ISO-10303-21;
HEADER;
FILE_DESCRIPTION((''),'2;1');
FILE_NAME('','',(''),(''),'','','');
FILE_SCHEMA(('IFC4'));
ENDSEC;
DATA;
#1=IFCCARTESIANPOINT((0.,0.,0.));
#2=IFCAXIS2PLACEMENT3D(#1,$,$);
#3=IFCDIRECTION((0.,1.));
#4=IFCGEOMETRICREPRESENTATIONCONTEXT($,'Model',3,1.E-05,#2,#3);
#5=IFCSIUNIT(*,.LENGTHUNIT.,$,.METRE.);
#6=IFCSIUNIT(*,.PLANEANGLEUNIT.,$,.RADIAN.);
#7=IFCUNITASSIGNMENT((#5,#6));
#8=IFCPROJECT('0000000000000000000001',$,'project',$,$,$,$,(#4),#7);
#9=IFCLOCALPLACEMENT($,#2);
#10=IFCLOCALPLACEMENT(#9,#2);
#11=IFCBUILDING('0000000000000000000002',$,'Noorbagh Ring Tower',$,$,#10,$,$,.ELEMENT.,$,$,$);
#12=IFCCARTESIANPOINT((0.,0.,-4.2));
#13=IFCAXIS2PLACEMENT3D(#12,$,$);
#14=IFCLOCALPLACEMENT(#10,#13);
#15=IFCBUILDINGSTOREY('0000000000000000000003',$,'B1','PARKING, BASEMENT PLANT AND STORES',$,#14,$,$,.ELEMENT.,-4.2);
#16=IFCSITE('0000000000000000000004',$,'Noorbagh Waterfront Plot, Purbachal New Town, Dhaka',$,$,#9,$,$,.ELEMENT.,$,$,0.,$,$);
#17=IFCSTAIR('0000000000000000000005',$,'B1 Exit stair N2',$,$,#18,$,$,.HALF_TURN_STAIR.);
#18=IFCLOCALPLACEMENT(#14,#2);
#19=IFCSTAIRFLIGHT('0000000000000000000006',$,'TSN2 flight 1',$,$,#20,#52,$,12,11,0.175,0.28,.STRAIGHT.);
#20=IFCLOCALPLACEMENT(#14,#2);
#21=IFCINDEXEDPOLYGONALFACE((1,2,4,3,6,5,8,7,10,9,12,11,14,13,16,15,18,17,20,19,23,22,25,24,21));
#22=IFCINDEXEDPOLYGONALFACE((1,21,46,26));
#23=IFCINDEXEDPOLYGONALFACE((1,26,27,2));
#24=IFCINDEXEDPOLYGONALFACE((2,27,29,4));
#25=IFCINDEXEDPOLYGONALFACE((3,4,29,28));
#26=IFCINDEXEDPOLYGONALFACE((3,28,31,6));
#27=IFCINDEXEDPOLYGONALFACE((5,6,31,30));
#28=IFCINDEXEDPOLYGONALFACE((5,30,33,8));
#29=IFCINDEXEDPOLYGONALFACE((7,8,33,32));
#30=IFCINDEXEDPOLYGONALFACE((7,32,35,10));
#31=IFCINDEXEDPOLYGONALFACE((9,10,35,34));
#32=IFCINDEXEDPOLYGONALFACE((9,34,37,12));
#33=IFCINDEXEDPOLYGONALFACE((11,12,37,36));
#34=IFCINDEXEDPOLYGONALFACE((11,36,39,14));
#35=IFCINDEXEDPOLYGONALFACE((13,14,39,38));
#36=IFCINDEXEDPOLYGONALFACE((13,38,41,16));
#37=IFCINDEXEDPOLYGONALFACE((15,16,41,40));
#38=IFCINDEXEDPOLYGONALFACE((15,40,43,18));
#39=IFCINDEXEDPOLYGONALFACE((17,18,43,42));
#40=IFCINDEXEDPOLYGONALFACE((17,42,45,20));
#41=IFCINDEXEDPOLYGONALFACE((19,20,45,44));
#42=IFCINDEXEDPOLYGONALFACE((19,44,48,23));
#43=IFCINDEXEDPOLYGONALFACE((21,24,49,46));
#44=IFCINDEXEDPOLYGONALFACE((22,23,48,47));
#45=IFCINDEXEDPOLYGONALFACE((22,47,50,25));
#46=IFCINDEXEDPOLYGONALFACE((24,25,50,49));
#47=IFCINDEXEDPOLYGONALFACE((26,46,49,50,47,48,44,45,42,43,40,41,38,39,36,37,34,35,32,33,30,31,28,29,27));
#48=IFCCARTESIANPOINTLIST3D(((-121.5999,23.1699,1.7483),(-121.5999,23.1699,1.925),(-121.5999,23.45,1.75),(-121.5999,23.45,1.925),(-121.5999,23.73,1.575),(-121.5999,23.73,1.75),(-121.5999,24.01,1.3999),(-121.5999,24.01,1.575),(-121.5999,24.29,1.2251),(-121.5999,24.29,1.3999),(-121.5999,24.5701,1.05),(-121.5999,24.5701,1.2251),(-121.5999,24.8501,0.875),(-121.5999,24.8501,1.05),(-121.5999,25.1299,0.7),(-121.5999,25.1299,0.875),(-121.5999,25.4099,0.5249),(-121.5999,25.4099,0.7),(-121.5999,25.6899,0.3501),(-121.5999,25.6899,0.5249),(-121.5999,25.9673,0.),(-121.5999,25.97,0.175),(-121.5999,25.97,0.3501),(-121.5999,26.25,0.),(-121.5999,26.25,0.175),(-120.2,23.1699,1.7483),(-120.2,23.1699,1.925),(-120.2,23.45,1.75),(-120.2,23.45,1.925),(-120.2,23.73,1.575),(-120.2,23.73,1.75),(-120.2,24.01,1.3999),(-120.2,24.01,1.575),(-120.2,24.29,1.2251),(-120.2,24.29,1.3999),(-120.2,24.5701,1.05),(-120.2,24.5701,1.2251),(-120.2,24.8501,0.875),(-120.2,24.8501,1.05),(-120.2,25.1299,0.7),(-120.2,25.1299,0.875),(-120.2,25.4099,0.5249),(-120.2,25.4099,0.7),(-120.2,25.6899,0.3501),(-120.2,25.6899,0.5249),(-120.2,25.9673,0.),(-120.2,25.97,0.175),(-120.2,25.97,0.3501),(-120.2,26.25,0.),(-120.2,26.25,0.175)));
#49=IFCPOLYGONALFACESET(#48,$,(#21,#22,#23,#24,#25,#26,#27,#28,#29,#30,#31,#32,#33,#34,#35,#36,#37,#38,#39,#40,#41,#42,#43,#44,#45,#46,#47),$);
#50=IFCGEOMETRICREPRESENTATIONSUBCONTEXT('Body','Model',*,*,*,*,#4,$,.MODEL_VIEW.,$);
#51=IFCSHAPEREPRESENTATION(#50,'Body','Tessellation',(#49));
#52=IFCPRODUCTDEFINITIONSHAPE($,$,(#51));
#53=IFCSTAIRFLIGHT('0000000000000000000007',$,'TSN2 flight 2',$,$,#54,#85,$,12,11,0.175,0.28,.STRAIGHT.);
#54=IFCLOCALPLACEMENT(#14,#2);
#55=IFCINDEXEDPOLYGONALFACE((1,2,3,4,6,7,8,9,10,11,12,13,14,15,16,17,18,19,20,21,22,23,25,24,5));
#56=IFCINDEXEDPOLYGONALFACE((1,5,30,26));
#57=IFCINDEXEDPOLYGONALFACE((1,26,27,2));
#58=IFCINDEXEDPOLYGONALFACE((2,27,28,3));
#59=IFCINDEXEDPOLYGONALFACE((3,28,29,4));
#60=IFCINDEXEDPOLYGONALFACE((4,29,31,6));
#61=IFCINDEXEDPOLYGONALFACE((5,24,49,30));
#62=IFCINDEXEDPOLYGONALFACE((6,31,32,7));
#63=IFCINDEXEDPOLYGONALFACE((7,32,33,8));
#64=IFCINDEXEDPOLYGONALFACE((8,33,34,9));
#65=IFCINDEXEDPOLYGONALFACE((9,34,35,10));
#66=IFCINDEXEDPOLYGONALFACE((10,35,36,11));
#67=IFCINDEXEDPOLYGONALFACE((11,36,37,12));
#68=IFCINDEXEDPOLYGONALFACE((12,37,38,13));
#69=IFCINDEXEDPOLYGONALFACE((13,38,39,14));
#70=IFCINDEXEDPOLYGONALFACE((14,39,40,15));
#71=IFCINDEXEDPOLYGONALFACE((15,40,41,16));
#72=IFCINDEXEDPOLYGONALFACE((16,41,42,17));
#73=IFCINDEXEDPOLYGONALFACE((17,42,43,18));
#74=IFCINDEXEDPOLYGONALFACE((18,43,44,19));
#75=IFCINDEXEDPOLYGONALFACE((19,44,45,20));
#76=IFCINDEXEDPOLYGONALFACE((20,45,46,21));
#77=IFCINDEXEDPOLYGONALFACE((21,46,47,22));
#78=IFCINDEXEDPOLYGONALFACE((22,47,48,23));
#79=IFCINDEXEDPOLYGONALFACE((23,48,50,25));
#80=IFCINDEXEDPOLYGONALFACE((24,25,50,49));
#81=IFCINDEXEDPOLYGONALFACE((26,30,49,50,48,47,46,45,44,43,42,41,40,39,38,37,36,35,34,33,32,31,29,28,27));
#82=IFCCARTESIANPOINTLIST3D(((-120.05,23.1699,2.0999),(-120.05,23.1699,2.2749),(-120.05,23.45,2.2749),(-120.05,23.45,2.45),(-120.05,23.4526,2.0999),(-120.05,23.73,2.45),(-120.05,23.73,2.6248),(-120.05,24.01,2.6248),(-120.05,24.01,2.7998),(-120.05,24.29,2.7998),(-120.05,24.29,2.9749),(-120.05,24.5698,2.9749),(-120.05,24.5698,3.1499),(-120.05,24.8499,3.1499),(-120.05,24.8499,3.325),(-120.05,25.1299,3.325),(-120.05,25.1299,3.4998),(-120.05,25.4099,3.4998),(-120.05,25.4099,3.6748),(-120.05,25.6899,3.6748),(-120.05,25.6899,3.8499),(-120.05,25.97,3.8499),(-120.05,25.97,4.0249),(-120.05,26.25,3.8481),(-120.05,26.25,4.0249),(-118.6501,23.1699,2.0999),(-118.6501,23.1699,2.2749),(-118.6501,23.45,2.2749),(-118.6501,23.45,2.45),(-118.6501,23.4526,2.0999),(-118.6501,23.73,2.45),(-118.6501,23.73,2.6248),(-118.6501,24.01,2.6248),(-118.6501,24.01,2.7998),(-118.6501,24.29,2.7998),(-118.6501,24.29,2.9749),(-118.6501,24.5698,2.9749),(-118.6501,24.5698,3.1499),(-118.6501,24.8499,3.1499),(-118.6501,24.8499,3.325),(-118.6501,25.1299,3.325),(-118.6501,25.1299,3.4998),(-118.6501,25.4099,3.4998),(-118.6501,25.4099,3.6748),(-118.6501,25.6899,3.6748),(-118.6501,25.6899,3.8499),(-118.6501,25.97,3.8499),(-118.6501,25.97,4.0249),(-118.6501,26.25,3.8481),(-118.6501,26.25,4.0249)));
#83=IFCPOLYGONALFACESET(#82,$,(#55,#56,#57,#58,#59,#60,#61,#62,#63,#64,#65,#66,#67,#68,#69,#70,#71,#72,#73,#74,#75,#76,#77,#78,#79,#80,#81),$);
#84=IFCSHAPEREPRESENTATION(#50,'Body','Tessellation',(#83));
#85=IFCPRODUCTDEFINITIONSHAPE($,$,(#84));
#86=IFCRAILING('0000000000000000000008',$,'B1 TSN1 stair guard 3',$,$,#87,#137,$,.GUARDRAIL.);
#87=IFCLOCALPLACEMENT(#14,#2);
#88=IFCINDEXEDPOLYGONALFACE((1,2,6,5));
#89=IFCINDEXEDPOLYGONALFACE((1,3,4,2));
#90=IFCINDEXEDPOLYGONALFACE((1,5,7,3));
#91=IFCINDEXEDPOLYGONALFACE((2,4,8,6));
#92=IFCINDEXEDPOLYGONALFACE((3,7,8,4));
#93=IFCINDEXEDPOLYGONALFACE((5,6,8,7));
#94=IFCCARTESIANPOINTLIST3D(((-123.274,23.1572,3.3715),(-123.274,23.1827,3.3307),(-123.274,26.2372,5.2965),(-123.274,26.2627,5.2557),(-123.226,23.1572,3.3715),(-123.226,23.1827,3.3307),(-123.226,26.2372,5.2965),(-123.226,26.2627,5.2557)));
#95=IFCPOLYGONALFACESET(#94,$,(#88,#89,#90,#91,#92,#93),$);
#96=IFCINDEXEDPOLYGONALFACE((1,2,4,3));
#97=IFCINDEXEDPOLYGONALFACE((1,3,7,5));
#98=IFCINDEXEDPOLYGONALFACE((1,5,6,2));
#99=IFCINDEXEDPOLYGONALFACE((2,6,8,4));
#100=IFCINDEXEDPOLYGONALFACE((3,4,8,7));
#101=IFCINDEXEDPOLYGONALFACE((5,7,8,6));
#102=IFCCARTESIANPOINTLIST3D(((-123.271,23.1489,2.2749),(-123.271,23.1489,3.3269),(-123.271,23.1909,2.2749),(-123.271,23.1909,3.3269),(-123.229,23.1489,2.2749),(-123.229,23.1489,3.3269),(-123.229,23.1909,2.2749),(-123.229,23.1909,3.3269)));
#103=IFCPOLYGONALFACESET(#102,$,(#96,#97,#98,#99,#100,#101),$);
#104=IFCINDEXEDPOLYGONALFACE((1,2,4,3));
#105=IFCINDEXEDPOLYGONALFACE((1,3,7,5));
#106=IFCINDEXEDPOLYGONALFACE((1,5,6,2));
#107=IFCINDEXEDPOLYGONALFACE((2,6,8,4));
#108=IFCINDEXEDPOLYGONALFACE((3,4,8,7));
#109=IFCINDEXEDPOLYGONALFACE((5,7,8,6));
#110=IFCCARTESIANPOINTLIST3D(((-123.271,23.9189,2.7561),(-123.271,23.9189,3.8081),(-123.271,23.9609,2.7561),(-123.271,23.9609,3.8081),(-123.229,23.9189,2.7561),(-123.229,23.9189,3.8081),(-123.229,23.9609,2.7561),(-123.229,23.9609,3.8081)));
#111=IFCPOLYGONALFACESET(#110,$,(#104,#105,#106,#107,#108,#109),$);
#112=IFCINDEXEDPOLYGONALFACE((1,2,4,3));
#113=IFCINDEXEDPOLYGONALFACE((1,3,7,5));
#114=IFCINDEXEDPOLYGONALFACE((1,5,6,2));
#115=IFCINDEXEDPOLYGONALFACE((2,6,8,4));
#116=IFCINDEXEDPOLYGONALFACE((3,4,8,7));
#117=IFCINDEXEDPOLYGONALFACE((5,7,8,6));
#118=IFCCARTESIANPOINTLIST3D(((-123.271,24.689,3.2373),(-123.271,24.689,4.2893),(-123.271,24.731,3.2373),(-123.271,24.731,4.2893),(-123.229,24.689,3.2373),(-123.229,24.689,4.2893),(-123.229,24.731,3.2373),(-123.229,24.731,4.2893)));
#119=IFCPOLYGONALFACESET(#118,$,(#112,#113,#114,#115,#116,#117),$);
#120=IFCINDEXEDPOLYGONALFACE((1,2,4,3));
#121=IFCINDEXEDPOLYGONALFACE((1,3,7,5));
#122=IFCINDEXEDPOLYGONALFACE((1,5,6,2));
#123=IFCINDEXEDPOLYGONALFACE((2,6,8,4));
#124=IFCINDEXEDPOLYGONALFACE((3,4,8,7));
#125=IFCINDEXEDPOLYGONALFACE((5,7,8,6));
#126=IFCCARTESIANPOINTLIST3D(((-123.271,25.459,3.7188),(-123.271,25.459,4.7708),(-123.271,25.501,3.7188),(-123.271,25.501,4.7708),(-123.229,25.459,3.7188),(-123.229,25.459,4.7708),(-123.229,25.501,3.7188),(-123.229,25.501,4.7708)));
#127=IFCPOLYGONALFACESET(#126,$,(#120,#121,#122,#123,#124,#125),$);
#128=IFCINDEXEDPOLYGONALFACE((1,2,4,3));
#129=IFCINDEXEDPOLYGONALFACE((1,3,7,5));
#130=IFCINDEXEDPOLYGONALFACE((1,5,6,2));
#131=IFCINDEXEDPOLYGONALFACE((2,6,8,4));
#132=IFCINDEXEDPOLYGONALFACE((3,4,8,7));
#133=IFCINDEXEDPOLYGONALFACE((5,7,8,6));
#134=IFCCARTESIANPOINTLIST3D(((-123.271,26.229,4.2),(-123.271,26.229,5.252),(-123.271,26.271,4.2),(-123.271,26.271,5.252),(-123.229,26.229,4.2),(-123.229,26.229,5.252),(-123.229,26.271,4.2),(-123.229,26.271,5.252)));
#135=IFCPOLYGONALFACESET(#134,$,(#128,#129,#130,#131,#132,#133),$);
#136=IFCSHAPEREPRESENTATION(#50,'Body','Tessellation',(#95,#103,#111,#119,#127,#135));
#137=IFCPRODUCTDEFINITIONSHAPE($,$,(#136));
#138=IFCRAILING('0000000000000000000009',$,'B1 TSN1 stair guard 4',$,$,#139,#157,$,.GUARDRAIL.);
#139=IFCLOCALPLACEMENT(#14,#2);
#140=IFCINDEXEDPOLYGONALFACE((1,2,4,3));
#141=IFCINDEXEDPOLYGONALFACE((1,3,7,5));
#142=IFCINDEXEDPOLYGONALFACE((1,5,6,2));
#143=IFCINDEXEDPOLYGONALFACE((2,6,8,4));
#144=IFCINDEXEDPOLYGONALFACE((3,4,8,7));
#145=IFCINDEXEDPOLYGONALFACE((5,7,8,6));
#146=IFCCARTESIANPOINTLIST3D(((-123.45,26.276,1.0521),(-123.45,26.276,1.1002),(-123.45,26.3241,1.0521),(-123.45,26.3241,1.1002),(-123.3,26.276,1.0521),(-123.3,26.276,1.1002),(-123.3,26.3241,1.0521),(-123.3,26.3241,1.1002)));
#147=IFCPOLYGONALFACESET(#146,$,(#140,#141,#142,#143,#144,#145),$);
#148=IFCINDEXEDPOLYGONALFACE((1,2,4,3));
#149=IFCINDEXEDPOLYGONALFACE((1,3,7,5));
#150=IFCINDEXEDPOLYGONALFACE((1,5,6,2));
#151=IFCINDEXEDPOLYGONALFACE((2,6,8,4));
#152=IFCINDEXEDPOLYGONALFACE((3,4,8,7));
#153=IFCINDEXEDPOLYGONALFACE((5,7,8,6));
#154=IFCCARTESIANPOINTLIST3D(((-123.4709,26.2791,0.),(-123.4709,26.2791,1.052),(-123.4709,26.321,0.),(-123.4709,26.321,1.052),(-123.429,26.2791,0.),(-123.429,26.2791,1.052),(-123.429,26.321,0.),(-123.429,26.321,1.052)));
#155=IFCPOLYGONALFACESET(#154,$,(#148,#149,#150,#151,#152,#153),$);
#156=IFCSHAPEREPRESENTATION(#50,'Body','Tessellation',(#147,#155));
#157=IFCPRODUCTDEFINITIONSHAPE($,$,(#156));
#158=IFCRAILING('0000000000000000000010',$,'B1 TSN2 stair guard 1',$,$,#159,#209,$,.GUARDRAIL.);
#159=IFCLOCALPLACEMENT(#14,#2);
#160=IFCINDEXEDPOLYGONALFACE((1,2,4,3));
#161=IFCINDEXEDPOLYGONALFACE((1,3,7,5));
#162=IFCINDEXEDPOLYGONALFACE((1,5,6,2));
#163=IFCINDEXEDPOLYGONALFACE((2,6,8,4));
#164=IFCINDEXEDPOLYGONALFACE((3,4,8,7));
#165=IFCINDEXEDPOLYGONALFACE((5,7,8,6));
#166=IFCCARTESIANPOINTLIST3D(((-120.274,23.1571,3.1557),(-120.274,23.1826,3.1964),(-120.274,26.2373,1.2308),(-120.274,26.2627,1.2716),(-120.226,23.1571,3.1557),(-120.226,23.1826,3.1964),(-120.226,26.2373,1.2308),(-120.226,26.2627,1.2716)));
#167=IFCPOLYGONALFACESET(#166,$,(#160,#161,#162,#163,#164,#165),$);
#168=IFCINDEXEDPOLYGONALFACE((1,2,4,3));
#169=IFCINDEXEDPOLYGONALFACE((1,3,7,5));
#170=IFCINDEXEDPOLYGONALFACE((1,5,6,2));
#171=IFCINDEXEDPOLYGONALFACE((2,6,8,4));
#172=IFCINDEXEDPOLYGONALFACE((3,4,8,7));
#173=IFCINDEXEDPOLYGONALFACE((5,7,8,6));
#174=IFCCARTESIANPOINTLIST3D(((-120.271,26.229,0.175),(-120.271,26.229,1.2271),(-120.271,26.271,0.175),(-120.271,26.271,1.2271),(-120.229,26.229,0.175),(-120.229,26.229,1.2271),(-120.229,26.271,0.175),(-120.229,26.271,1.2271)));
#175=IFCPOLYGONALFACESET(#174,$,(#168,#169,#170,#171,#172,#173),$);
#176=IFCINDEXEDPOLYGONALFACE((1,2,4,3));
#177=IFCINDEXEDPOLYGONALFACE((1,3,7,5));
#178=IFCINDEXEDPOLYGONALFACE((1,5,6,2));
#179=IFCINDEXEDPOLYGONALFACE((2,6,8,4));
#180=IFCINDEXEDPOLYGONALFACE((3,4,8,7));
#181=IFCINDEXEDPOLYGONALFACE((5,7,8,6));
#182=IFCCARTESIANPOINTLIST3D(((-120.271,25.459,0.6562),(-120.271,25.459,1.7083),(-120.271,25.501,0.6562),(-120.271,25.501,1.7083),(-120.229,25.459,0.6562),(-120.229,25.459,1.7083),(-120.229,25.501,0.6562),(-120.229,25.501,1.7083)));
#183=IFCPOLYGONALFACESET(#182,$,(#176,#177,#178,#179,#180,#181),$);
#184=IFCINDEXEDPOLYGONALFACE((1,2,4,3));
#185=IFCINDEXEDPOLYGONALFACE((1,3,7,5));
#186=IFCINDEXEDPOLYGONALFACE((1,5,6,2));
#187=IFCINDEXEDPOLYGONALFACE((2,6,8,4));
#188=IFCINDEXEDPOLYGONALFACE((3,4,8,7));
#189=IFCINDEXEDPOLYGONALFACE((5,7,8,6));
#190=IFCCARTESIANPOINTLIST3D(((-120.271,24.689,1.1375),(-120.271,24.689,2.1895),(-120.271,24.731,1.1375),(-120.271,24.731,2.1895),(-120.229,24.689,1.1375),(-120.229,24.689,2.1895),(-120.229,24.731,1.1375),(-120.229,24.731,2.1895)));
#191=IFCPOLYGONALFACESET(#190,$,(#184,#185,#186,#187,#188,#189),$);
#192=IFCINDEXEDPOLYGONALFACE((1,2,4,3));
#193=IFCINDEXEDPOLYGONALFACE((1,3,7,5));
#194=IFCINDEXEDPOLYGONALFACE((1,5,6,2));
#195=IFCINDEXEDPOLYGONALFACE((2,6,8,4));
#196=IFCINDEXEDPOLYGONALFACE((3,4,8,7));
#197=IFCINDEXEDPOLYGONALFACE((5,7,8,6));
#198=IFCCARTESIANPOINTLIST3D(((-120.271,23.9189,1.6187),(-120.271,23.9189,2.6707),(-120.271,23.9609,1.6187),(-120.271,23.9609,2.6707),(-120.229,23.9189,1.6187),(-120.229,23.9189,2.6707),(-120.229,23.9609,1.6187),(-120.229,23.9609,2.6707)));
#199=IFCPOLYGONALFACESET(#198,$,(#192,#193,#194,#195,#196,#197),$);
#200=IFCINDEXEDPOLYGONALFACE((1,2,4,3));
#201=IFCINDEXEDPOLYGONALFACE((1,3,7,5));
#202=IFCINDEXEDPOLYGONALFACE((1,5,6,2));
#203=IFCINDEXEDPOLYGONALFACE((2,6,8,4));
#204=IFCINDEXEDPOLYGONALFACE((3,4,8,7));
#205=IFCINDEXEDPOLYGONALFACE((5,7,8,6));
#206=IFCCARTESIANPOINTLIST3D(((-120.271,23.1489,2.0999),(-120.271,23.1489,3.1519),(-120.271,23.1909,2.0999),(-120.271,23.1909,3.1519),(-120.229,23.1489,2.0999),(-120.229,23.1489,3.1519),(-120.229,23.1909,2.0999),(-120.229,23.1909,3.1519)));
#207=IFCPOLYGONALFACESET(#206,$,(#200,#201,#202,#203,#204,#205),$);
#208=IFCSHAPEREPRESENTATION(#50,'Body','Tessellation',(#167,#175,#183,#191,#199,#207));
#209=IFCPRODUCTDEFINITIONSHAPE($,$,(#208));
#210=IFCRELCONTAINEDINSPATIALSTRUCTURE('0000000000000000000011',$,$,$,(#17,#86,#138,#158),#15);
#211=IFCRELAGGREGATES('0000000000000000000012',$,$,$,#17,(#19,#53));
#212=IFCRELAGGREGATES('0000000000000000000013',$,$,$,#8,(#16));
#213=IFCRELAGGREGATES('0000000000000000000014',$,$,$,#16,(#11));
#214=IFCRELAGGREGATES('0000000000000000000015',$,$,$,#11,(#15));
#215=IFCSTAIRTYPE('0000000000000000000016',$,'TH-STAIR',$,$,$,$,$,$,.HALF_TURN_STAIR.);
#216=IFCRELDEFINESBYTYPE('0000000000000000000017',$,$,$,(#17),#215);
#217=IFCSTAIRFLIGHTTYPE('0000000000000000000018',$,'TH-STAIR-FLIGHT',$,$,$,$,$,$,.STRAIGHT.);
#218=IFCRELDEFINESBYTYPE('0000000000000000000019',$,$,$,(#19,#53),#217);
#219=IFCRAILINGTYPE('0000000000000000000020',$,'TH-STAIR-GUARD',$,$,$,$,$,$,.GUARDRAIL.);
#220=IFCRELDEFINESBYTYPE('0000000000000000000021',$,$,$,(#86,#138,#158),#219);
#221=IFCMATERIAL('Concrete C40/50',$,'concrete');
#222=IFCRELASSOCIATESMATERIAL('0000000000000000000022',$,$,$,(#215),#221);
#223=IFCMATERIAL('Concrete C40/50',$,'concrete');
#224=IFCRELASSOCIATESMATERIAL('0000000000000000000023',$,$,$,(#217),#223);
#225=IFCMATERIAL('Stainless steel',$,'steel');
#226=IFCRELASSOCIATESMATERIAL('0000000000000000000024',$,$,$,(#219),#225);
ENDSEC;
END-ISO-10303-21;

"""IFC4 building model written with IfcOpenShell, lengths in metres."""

from ifc_helpers import new_model, si_unit, direction, frame, origin, origin_2d, place, context, subcontext, project, spatial, polyline, rectangle, outline, extrude, material, type_object, element, aggregate, save


model = new_model("IFC4")

# Units and contexts
model_context = context("Model", 3, precision=1e-05, world=origin(), true_north=direction((0.0, 1.0)))
body_context = subcontext(model_context, "Body", "Model", "MODEL_VIEW")
ifc_project = project(units=[si_unit("LENGTHUNIT", "METRE"), si_unit("PLANEANGLEUNIT", "RADIAN")], contexts=[model_context])

# Site, building, storey
site_placement = place(None, origin())
site = spatial("IfcSite", under=ifc_project, at=site_placement, Name="Noorbagh Waterfront Plot, Purbachal New Town, Dhaka", CompositionType="ELEMENT", RefElevation=0.0)
building_placement = place(site_placement, origin())
building = spatial("IfcBuilding", under=site, at=building_placement, Name="Noorbagh Ring Tower", CompositionType="ELEMENT")
storey_placement = place(building_placement, frame((0.0, 0.0, -4.2)))
storey = spatial("IfcBuildingStorey", under=building, at=storey_placement, Name="B1", Description="PARKING, BASEMENT PLANT AND STORES", CompositionType="ELEMENT", Elevation=-4.2)

# Shared definitions
ifc_material_1 = material(Name="Concrete C40/50", Category="concrete")
stair_type = type_object("IfcStairType", Name="TH-STAIR", PredefinedType="HALF_TURN_STAIR", material=ifc_material_1)
ifc_material_2 = material(Name="Concrete C40/50", Category="concrete")
stair_flight_type = type_object("IfcStairFlightType", Name="TH-STAIR-FLIGHT", PredefinedType="STRAIGHT", material=ifc_material_2)

# Stair, stair flights
stair_1_placement = place(storey_placement, origin())
stair_1 = element("IfcStair", 1, at=stair_1_placement, inside=storey, type_object=stair_type, Name="B1 Exit stair N2", PredefinedType="HALF_TURN_STAIR")
stair_flight_1_placement = place(storey_placement, frame((-120.8999, 26.25, 0.0), z_axis=(0.0, 0.0, 1.0), x_axis=(0.0, -1.0, 0.0)))
stair_flight_1 = element("IfcStairFlight", 2, at=stair_flight_1_placement, type_object=stair_flight_type, Name="TSN2 flight 1", NumberOfRisers=12, NumberOfTreads=11, PredefinedType="STRAIGHT", RiserHeight=0.175, TreadLength=0.28, context=body_context, shape_type="SweptSolid", body=[
    extrude(outline(polyline([(0.0, 0.0), (0.0, 0.175), (0.28, 0.175), (0.28, 0.3501), (0.5601, 0.3501), (0.5601, 0.5249), (0.8401, 0.5249), (0.8401, 0.7), (1.1201, 0.7), (1.1201, 0.875), (1.3999, 0.875), (1.3999, 1.05), (1.6799, 1.05), (1.6799, 1.2251), (1.96, 1.2251), (1.96, 1.3999), (2.24, 1.3999), (2.24, 1.575), (2.52, 1.575), (2.52, 1.75), (2.8, 1.75), (2.8, 1.925), (3.0801, 1.925), (3.0801, 2.1001), (3.0801, 1.7483), (0.2827, 0.0), (0.0, 0.0)])), frame((0.0, 0.7, 0.0), z_axis=(0.0, -1.0, 0.0), x_axis=(1.0, 0.0, 0.0)), (0.0, 0.0, 1.0), 1.3999),
])
stair_flight_2_placement = place(storey_placement, frame((-119.3501, 23.1699, 2.0999), z_axis=(0.0, 0.0, 1.0), x_axis=(0.0, 1.0, 0.0)))
stair_flight_2 = element("IfcStairFlight", 3, at=stair_flight_2_placement, type_object=stair_flight_type, Name="TSN2 flight 2", NumberOfRisers=12, NumberOfTreads=11, PredefinedType="STRAIGHT", RiserHeight=0.175, TreadLength=0.28, context=body_context, shape_type="SweptSolid", body=[
    extrude(outline(polyline([(0.0, 0.0), (0.0, 0.175), (0.28, 0.175), (0.28, 0.3501), (0.5601, 0.3501), (0.5601, 0.5249), (0.8401, 0.5249), (0.8401, 0.7), (1.1201, 0.7), (1.1201, 0.875), (1.3999, 0.875), (1.3999, 1.05), (1.6799, 1.05), (1.6799, 1.2251), (1.96, 1.2251), (1.96, 1.3999), (2.24, 1.3999), (2.24, 1.575), (2.52, 1.575), (2.52, 1.75), (2.8, 1.75), (2.8, 1.925), (3.0801, 1.925), (3.0801, 2.1001), (3.0801, 1.7483), (0.2827, 0.0), (0.0, 0.0)])), frame((0.0, 0.7, 0.0), z_axis=(0.0, -1.0, 0.0), x_axis=(1.0, 0.0, 0.0)), (0.0, 0.0, 1.0), 1.3999),
])
aggregate(stair_1, [stair_flight_1, stair_flight_2])

# Railings
ifc_material_3 = material(Name="Stainless steel", Category="steel")
railing_type_1 = type_object("IfcRailingType", Name="TH-STAIR-GUARD", PredefinedType="GUARDRAIL", material=ifc_material_3)
railing_1_placement = place(storey_placement, frame((-123.25, 23.1699, 2.2749)))
element("IfcRailing", 4, at=railing_1_placement, inside=storey, type_object=railing_type_1, Name="B1 TSN1 stair guard 3", PredefinedType="GUARDRAIL", context=body_context, shape_type="SweptSolid", body=[
    extrude(rectangle(XDim=0.0481, YDim=0.0481, at=origin_2d()), frame((0.0, 0.0, 1.0762), z_axis=(0.0, 0.847998, 0.529999), x_axis=(-1.0, 0.0, 0.0)), (0.0, 0.0, 1.0), 3.6321),
    extrude(rectangle(XDim=0.042, YDim=0.042, at=origin_2d()), origin(), (0.0, 0.0, 1.0), 1.052),
    extrude(rectangle(XDim=0.042, YDim=0.042, at=origin_2d()), frame((0.0, 0.77, 0.4812)), (0.0, 0.0, 1.0), 1.052),
    extrude(rectangle(XDim=0.042, YDim=0.042, at=origin_2d()), frame((0.0, 1.54, 0.9624)), (0.0, 0.0, 1.0), 1.052),
    extrude(rectangle(XDim=0.042, YDim=0.042, at=origin_2d()), frame((0.0, 2.3101, 1.4438)), (0.0, 0.0, 1.0), 1.052),
    extrude(rectangle(XDim=0.042, YDim=0.042, at=origin_2d()), frame((0.0, 3.0801, 1.925)), (0.0, 0.0, 1.0), 1.052),
])
railing_2_placement = place(storey_placement, frame((-123.45, 26.3, 0.0)))
element("IfcRailing", 5, at=railing_2_placement, inside=storey, type_object=railing_type_1, Name="B1 TSN1 stair guard 4", PredefinedType="GUARDRAIL", context=body_context, shape_type="SweptSolid", body=[
    extrude(rectangle(XDim=0.0481, YDim=0.0481, at=origin_2d()), frame((0.0, 0.0, 1.0762), z_axis=(1.0, 0.0, 0.0), x_axis=(0.0, 1.0, 0.0)), (0.0, 0.0, 1.0), 0.1499),
    extrude(rectangle(XDim=0.042, YDim=0.042, at=origin_2d()), origin(), (0.0, 0.0, 1.0), 1.052),
])
railing_3_placement = place(storey_placement, frame((-120.25, 26.25, 0.175)))
element("IfcRailing", 6, at=railing_3_placement, inside=storey, type_object=railing_type_1, Name="B1 TSN2 stair guard 1", PredefinedType="GUARDRAIL", context=body_context, shape_type="SweptSolid", body=[
    extrude(rectangle(XDim=0.0481, YDim=0.0481, at=origin_2d()), frame((0.0, 0.0, 1.0762), z_axis=(0.0, -0.848029, 0.529951), x_axis=(1.0, 0.0, 0.0)), (0.0, 0.0, 1.0), 3.6321),
    extrude(rectangle(XDim=0.042, YDim=0.042, at=origin_2d()), origin(), (0.0, 0.0, 1.0), 1.052),
    extrude(rectangle(XDim=0.042, YDim=0.042, at=origin_2d()), frame((0.0, -0.77, 0.4812)), (0.0, 0.0, 1.0), 1.052),
    extrude(rectangle(XDim=0.042, YDim=0.042, at=origin_2d()), frame((0.0, -1.54, 0.9624)), (0.0, 0.0, 1.0), 1.052),
    extrude(rectangle(XDim=0.042, YDim=0.042, at=origin_2d()), frame((0.0, -2.3101, 1.4436)), (0.0, 0.0, 1.0), 1.052),
    extrude(rectangle(XDim=0.042, YDim=0.042, at=origin_2d()), frame((0.0, -3.0801, 1.9248)), (0.0, 0.0, 1.0), 1.052),
])

save(model, "model.ifc")
